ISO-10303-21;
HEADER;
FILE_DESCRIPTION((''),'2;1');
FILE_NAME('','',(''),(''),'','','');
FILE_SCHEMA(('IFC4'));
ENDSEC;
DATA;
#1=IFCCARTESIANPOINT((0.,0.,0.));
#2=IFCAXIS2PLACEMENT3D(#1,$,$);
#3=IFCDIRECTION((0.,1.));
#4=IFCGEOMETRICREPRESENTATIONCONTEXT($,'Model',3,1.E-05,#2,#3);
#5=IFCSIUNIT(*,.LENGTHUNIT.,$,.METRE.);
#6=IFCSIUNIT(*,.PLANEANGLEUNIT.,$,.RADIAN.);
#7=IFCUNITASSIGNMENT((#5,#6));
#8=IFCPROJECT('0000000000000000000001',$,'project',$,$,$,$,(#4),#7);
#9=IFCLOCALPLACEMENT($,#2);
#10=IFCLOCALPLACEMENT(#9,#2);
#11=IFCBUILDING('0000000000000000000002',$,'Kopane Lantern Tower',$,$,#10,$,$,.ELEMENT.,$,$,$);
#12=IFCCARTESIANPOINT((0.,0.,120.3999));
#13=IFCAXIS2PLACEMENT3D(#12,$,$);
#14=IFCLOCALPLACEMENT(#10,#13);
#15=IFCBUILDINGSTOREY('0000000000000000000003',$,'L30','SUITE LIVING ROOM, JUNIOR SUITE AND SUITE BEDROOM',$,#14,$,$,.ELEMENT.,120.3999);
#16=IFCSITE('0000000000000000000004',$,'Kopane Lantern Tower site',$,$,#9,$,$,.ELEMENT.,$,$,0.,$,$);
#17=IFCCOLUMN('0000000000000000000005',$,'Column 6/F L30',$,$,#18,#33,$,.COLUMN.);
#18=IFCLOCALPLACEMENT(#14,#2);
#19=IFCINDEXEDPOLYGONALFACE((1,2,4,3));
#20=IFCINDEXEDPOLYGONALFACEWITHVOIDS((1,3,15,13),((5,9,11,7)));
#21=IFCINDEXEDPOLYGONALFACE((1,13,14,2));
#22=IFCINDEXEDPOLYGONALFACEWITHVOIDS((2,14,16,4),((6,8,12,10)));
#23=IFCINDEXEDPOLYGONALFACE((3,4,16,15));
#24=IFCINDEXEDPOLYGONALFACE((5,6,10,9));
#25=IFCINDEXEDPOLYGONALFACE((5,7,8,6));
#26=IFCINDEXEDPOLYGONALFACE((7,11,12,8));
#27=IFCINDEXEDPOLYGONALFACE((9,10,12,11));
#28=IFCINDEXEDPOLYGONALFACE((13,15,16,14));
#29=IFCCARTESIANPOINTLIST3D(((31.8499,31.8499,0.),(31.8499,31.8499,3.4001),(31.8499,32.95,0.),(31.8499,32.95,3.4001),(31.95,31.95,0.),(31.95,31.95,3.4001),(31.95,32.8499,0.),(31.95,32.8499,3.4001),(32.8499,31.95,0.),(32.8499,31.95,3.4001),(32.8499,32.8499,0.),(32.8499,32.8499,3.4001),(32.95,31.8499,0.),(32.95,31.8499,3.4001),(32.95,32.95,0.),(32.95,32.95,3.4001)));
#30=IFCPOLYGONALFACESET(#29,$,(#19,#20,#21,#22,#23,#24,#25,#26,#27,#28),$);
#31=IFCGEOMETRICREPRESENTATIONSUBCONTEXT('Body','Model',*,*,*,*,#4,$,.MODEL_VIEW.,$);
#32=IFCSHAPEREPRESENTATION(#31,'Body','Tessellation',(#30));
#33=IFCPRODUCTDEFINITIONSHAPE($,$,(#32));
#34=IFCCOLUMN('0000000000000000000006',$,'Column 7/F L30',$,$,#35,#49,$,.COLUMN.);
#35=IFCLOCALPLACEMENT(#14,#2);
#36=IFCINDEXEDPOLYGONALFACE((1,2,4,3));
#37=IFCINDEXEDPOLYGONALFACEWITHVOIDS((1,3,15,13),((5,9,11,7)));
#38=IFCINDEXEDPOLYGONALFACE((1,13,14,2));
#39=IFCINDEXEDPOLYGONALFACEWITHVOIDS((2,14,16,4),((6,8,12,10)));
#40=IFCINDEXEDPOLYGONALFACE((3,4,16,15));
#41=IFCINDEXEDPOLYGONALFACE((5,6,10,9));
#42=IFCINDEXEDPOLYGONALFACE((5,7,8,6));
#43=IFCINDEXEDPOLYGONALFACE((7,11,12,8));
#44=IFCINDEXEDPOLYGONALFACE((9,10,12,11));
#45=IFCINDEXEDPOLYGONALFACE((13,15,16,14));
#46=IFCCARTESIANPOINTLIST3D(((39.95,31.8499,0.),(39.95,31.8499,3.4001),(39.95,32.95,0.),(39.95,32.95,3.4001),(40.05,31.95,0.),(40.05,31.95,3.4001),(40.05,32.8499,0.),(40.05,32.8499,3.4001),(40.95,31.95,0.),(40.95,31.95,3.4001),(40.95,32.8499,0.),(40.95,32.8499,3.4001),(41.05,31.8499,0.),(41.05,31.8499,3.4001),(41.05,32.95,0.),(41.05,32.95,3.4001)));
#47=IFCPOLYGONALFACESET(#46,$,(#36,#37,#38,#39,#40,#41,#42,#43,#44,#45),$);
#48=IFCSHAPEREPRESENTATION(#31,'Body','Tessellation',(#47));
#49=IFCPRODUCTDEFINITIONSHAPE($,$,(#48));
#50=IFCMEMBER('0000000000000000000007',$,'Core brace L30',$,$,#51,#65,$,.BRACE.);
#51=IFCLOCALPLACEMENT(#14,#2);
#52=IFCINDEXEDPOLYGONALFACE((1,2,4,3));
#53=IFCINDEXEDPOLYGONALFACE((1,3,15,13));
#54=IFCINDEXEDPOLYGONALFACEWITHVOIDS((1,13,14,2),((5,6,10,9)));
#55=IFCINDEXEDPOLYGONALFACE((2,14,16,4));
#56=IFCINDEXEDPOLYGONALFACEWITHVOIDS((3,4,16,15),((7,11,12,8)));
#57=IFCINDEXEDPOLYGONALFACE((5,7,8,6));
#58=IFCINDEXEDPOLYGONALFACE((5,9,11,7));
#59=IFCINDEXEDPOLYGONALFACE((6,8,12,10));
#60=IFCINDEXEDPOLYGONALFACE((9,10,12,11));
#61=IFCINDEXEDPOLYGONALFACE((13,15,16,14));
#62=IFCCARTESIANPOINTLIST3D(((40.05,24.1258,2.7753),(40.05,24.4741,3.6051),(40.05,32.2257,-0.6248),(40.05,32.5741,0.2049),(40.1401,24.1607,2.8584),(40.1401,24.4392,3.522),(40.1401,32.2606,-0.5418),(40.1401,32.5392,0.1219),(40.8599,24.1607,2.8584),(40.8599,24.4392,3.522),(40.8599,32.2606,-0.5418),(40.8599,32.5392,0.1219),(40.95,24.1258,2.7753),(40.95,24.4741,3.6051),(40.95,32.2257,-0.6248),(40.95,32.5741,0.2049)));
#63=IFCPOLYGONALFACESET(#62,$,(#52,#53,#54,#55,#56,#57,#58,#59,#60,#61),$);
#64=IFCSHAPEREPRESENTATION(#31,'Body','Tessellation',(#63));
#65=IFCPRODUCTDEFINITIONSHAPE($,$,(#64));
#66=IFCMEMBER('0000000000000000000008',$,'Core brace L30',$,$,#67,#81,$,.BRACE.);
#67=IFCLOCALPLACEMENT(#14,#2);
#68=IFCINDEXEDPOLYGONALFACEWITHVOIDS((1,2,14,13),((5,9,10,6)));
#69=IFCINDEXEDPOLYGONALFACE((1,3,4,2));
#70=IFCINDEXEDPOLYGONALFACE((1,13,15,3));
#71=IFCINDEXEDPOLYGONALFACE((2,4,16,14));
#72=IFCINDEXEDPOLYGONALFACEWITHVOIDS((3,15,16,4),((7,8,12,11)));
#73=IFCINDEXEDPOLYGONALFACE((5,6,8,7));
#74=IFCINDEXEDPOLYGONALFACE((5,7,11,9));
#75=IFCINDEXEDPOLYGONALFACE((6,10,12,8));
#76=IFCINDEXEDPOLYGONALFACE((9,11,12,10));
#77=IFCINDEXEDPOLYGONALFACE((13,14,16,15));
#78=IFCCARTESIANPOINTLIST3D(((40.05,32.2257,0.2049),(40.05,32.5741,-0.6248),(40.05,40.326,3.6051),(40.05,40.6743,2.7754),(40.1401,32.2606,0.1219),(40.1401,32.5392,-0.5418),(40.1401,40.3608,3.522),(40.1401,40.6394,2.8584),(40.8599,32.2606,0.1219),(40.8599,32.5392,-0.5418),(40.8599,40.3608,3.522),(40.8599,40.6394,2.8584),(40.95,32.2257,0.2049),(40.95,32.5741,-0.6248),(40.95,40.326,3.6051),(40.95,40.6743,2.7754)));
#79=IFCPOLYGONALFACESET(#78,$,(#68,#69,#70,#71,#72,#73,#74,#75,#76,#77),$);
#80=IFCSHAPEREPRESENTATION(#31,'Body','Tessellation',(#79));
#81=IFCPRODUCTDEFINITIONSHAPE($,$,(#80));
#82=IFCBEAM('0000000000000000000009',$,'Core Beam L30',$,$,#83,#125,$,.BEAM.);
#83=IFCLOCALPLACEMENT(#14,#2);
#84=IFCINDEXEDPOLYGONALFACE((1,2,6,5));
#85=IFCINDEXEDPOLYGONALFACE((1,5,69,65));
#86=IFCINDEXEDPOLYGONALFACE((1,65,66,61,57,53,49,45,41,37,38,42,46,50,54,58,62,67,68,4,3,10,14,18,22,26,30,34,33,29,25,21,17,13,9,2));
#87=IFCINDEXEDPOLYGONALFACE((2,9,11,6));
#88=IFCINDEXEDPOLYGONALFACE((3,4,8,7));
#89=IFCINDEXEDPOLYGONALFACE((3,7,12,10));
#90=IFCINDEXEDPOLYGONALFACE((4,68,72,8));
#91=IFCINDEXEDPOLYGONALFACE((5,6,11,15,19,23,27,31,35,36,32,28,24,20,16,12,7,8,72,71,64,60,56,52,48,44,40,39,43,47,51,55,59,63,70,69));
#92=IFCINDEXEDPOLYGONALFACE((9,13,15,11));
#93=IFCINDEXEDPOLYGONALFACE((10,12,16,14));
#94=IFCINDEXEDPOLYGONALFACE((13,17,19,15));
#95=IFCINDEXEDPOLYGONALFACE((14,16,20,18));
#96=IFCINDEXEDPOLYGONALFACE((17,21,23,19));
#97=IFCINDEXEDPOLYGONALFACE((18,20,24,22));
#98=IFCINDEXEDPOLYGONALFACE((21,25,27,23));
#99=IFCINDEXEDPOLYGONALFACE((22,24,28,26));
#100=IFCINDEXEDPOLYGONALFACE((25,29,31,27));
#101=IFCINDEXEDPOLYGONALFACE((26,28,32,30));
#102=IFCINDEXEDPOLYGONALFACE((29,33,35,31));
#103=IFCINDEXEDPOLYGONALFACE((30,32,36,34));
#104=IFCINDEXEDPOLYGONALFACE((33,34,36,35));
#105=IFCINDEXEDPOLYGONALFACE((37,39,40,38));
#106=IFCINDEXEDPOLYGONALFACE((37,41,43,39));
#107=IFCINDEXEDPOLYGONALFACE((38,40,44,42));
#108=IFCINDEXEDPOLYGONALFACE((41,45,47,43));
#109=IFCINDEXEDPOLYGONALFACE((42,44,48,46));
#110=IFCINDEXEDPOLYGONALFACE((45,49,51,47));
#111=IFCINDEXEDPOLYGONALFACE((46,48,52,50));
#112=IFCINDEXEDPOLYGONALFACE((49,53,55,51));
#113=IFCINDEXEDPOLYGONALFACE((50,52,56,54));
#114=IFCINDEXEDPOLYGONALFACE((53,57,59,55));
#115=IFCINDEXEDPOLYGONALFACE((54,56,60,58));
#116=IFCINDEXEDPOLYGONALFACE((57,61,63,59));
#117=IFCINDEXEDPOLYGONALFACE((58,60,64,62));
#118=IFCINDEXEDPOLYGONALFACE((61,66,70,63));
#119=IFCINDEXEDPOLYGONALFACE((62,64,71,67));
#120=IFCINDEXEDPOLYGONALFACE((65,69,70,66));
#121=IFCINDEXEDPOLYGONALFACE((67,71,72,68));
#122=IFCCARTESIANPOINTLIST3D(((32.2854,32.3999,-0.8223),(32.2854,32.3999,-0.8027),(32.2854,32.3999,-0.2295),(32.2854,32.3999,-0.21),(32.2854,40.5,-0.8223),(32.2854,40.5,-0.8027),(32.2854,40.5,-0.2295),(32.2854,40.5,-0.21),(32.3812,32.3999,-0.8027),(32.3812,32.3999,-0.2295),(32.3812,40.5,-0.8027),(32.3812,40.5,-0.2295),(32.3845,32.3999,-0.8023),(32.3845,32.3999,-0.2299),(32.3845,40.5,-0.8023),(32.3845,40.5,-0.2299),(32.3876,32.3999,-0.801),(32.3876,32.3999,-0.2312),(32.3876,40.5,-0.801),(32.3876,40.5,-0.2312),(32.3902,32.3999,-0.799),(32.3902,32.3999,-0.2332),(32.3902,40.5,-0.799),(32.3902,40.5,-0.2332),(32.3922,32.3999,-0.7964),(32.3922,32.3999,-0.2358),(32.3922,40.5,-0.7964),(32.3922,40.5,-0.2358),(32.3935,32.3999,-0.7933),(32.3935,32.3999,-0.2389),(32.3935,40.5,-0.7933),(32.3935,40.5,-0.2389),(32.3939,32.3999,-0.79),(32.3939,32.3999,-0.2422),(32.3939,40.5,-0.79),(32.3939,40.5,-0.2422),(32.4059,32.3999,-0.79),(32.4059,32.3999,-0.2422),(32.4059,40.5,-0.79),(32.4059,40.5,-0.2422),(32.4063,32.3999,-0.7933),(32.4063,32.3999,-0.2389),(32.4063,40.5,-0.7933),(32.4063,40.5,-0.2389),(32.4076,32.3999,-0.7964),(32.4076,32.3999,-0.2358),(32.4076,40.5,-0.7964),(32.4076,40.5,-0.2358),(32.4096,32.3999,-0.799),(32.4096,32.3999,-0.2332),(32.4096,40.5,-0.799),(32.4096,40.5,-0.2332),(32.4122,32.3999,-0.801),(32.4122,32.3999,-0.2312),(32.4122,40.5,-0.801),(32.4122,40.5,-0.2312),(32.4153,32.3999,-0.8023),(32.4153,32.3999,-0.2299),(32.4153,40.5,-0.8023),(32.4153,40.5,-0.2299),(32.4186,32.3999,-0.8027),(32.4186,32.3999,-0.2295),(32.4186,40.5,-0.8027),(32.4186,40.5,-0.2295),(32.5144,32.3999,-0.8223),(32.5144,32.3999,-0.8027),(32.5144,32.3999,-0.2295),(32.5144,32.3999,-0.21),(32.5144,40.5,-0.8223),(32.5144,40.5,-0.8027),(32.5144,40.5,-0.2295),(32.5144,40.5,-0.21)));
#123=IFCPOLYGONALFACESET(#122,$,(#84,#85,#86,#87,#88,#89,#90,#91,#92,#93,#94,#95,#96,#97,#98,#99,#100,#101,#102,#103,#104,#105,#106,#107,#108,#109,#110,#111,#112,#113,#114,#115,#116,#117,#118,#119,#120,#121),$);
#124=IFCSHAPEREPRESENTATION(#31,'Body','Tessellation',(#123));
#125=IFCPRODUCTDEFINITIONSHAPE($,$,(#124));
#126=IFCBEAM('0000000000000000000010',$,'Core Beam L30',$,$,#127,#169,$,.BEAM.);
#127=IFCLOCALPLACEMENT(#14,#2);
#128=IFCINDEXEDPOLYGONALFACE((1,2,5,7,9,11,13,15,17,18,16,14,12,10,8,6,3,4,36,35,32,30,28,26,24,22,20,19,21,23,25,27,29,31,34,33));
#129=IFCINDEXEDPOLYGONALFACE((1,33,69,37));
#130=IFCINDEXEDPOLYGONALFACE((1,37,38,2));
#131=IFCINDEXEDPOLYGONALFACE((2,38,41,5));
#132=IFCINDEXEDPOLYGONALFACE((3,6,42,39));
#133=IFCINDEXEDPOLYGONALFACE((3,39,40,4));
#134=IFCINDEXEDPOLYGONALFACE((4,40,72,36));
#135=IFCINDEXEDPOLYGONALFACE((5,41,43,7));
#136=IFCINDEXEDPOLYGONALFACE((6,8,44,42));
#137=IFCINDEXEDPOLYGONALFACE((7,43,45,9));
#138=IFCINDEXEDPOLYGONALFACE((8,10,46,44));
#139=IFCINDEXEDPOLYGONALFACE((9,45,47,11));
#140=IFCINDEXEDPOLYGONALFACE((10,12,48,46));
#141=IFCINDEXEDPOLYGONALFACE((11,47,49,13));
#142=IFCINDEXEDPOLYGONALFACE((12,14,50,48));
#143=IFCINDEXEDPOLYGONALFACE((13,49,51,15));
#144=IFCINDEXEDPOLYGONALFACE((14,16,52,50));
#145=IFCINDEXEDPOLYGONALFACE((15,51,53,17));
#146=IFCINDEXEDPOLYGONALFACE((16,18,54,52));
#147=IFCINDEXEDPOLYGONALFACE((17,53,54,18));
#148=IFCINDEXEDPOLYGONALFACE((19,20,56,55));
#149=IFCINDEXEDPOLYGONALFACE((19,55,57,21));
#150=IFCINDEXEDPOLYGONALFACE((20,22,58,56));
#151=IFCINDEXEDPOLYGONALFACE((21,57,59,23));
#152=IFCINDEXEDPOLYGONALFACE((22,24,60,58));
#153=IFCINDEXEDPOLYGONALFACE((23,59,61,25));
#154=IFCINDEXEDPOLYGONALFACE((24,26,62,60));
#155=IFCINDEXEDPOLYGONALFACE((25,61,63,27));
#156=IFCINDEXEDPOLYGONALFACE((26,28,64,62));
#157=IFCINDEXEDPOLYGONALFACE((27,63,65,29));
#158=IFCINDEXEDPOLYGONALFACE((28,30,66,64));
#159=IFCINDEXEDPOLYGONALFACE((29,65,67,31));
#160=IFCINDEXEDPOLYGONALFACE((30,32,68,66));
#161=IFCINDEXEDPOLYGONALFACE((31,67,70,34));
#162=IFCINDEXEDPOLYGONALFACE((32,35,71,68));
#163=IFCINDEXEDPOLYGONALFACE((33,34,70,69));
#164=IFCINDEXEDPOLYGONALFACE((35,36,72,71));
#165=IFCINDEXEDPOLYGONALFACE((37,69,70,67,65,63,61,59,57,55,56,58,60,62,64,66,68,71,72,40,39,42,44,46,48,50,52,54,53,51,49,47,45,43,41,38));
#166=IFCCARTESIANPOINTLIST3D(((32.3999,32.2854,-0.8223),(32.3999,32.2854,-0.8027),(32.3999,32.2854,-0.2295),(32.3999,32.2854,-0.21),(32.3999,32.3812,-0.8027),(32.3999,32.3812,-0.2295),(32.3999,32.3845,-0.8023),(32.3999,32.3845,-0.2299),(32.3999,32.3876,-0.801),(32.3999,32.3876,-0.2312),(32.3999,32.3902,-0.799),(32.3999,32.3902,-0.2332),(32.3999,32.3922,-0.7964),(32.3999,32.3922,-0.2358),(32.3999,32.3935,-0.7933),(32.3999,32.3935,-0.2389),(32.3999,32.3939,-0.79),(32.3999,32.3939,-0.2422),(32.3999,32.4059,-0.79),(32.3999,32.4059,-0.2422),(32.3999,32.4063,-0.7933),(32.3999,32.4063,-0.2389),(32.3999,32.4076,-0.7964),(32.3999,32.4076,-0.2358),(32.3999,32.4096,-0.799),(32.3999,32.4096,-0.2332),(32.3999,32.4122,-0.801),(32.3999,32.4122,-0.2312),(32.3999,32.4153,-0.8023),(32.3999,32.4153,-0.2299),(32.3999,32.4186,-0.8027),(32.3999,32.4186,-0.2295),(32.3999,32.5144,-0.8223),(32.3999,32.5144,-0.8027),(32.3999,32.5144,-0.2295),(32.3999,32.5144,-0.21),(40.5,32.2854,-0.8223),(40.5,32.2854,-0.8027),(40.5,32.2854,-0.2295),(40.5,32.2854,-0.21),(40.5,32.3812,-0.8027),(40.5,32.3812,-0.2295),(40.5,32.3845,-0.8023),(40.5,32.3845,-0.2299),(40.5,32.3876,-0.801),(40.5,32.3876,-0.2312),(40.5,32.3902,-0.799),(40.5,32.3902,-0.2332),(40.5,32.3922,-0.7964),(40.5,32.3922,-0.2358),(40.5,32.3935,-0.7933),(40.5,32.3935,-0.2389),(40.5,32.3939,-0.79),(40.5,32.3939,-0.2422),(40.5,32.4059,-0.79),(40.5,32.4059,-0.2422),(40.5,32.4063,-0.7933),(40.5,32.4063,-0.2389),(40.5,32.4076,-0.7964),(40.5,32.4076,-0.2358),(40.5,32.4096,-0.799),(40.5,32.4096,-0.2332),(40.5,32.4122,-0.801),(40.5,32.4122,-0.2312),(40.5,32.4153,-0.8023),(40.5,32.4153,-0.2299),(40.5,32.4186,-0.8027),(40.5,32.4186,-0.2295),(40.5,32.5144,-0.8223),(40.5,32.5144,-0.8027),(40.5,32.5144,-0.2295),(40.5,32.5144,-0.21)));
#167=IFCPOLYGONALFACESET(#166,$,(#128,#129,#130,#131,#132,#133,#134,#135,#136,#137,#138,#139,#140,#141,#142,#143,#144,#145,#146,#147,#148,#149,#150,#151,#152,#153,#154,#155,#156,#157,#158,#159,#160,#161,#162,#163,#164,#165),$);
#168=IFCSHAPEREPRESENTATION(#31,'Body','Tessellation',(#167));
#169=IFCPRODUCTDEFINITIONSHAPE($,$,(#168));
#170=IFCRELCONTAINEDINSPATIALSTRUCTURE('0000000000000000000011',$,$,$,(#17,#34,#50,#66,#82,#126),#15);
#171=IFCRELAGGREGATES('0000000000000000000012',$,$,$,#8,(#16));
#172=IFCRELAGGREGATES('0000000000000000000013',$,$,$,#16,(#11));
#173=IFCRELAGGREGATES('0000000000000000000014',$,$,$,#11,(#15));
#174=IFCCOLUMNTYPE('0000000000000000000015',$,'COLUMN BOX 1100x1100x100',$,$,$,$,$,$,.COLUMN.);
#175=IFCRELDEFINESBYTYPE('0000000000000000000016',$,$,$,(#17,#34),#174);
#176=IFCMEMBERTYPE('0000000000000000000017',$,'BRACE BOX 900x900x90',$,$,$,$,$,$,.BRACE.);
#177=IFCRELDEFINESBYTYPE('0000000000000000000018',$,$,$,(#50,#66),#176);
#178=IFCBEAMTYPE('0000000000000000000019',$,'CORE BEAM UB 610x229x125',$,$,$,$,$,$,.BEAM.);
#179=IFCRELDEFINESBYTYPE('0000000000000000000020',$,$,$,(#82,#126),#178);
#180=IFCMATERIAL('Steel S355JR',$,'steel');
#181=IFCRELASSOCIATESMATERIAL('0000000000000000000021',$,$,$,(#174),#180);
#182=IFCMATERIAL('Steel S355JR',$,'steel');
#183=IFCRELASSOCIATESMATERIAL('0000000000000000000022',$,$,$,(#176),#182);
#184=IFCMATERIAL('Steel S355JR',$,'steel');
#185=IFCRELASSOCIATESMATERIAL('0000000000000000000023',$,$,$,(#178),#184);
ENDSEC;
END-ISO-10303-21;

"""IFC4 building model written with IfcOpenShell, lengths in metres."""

from ifc_helpers import new_model, si_unit, direction, frame, origin, origin_2d, place, context, subcontext, project, spatial, hollow_rectangle, i_section, extrude, material, material_profile, profile_set, type_object, element, save


model = new_model("IFC4")

# Units and contexts
model_context = context("Model", 3, precision=1e-05, world=origin(), true_north=direction((0.0, 1.0)))
body_context = subcontext(model_context, "Body", "Model", "MODEL_VIEW")
ifc_project = project(units=[si_unit("LENGTHUNIT", "METRE"), si_unit("PLANEANGLEUNIT", "RADIAN")], contexts=[model_context])

# Site, building, storey
site_placement = place(None, origin())
site = spatial("IfcSite", under=ifc_project, at=site_placement, Name="Kopane Lantern Tower site", CompositionType="ELEMENT", RefElevation=0.0)
building_placement = place(site_placement, origin())
building = spatial("IfcBuilding", under=site, at=building_placement, Name="Kopane Lantern Tower", CompositionType="ELEMENT")
storey_placement = place(building_placement, frame((0.0, 0.0, 120.3999)))
storey = spatial("IfcBuildingStorey", under=building, at=storey_placement, Name="L30", Description="SUITE LIVING ROOM, JUNIOR SUITE AND SUITE BEDROOM", CompositionType="ELEMENT", Elevation=120.3999)

# Columns
ifc_material_1 = material(Name="Steel S355JR", Category="steel")
ifc_material_profile_1 = material_profile(ifc_material_1, hollow_rectangle(XDim=1.1001, YDim=1.1001, WallThickness=0.1001, at=origin_2d()), Name="BOX 1100x1100x100")
ifc_profile_set_1 = profile_set([ifc_material_profile_1], Name="Steel S355JR")
column_type = type_object("IfcColumnType", Name="COLUMN BOX 1100x1100x100", PredefinedType="COLUMN", material=ifc_profile_set_1)
for number, where, z_axis, x_axis, name in (
    (1, (32.3999, 32.3999, 0.0), (0.0, 0.0, 1.0), (1.0, 0.0, 0.0), "Column 6/F L30"),
    (2, (40.5, 32.3999, 0.0), (0.0, 0.0, 1.0), (1.0, 0.0, 0.0), "Column 7/F L30"),
):
    element("IfcColumn", number, at=place(storey_placement, frame(where, z_axis=z_axis, x_axis=x_axis)), inside=storey, type_object=column_type, Name=name, PredefinedType="COLUMN", context=body_context, shape_type="SweptSolid", body=[
        extrude(hollow_rectangle(XDim=1.1001, YDim=1.1001, WallThickness=0.1001, at=origin_2d()), origin(), (0.0, 0.0, 1.0), 3.4001),
    ])

# Members
ifc_material_2 = material(Name="Steel S355JR", Category="steel")
ifc_material_profile_2 = material_profile(ifc_material_2, hollow_rectangle(XDim=0.8999, YDim=0.8999, WallThickness=0.0901, at=origin_2d()), Name="BOX 900x900x90")
ifc_profile_set_2 = profile_set([ifc_material_profile_2], Name="Steel S355JR")
member_type = type_object("IfcMemberType", Name="BRACE BOX 900x900x90", PredefinedType="BRACE", material=ifc_profile_set_2)
member_1_placement = place(storey_placement, frame((40.5, 32.3999, -0.21), z_axis=(0.0, -0.922055, 0.387059), x_axis=(1.0, 0.0, 0.0)))
element("IfcMember", 3, at=member_1_placement, inside=storey, type_object=member_type, Name="Core brace L30", PredefinedType="BRACE", context=body_context, shape_type="SweptSolid", body=[
    extrude(hollow_rectangle(XDim=0.8999, YDim=0.8999, WallThickness=0.0901, at=origin_2d()), origin(), (0.0, 0.0, 1.0), 8.7847),
])
member_2_placement = place(storey_placement, frame((40.5, 32.3999, -0.21), z_axis=(0.0, 0.922059, 0.387049), x_axis=(-1.0, 0.0, 0.0)))
element("IfcMember", 4, at=member_2_placement, inside=storey, type_object=member_type, Name="Core brace L30", PredefinedType="BRACE", context=body_context, shape_type="SweptSolid", body=[
    extrude(hollow_rectangle(XDim=0.8999, YDim=0.8999, WallThickness=0.0901, at=origin_2d()), origin(), (0.0, 0.0, 1.0), 8.7849),
])

# Beams
ifc_material_3 = material(Name="Steel S355JR", Category="steel")
ifc_material_profile_3 = material_profile(ifc_material_3, i_section(OverallWidth=0.229, OverallDepth=0.6123, WebThickness=0.012, FlangeThickness=0.0195, FilletRadius=0.0127, at=origin_2d()), Name="UB 610x229x125")
ifc_profile_set_3 = profile_set([ifc_material_profile_3], Name="Steel S355JR")
beam_type_1 = type_object("IfcBeamType", Name="CORE BEAM UB 610x229x125", PredefinedType="BEAM", material=ifc_profile_set_3)
for number, where, z_axis, x_axis, name in (
    (5, (32.3999, 32.3999, -0.5161), (0.0, 1.0, 0.0), (-1.0, 0.0, 0.0), "Core Beam L30"),
    (6, (32.3999, 32.3999, -0.5161), (1.0, 0.0, 0.0), (0.0, 1.0, 0.0), "Core Beam L30"),
):
    element("IfcBeam", number, at=place(storey_placement, frame(where, z_axis=z_axis, x_axis=x_axis)), inside=storey, type_object=beam_type_1, Name=name, PredefinedType="BEAM", context=body_context, shape_type="SweptSolid", body=[
        extrude(i_section(OverallWidth=0.229, OverallDepth=0.6123, WebThickness=0.012, FlangeThickness=0.0195, FilletRadius=0.0127, at=origin_2d()), origin(), (0.0, 0.0, 1.0), 8.1001),
    ])

save(model, "model.ifc")
